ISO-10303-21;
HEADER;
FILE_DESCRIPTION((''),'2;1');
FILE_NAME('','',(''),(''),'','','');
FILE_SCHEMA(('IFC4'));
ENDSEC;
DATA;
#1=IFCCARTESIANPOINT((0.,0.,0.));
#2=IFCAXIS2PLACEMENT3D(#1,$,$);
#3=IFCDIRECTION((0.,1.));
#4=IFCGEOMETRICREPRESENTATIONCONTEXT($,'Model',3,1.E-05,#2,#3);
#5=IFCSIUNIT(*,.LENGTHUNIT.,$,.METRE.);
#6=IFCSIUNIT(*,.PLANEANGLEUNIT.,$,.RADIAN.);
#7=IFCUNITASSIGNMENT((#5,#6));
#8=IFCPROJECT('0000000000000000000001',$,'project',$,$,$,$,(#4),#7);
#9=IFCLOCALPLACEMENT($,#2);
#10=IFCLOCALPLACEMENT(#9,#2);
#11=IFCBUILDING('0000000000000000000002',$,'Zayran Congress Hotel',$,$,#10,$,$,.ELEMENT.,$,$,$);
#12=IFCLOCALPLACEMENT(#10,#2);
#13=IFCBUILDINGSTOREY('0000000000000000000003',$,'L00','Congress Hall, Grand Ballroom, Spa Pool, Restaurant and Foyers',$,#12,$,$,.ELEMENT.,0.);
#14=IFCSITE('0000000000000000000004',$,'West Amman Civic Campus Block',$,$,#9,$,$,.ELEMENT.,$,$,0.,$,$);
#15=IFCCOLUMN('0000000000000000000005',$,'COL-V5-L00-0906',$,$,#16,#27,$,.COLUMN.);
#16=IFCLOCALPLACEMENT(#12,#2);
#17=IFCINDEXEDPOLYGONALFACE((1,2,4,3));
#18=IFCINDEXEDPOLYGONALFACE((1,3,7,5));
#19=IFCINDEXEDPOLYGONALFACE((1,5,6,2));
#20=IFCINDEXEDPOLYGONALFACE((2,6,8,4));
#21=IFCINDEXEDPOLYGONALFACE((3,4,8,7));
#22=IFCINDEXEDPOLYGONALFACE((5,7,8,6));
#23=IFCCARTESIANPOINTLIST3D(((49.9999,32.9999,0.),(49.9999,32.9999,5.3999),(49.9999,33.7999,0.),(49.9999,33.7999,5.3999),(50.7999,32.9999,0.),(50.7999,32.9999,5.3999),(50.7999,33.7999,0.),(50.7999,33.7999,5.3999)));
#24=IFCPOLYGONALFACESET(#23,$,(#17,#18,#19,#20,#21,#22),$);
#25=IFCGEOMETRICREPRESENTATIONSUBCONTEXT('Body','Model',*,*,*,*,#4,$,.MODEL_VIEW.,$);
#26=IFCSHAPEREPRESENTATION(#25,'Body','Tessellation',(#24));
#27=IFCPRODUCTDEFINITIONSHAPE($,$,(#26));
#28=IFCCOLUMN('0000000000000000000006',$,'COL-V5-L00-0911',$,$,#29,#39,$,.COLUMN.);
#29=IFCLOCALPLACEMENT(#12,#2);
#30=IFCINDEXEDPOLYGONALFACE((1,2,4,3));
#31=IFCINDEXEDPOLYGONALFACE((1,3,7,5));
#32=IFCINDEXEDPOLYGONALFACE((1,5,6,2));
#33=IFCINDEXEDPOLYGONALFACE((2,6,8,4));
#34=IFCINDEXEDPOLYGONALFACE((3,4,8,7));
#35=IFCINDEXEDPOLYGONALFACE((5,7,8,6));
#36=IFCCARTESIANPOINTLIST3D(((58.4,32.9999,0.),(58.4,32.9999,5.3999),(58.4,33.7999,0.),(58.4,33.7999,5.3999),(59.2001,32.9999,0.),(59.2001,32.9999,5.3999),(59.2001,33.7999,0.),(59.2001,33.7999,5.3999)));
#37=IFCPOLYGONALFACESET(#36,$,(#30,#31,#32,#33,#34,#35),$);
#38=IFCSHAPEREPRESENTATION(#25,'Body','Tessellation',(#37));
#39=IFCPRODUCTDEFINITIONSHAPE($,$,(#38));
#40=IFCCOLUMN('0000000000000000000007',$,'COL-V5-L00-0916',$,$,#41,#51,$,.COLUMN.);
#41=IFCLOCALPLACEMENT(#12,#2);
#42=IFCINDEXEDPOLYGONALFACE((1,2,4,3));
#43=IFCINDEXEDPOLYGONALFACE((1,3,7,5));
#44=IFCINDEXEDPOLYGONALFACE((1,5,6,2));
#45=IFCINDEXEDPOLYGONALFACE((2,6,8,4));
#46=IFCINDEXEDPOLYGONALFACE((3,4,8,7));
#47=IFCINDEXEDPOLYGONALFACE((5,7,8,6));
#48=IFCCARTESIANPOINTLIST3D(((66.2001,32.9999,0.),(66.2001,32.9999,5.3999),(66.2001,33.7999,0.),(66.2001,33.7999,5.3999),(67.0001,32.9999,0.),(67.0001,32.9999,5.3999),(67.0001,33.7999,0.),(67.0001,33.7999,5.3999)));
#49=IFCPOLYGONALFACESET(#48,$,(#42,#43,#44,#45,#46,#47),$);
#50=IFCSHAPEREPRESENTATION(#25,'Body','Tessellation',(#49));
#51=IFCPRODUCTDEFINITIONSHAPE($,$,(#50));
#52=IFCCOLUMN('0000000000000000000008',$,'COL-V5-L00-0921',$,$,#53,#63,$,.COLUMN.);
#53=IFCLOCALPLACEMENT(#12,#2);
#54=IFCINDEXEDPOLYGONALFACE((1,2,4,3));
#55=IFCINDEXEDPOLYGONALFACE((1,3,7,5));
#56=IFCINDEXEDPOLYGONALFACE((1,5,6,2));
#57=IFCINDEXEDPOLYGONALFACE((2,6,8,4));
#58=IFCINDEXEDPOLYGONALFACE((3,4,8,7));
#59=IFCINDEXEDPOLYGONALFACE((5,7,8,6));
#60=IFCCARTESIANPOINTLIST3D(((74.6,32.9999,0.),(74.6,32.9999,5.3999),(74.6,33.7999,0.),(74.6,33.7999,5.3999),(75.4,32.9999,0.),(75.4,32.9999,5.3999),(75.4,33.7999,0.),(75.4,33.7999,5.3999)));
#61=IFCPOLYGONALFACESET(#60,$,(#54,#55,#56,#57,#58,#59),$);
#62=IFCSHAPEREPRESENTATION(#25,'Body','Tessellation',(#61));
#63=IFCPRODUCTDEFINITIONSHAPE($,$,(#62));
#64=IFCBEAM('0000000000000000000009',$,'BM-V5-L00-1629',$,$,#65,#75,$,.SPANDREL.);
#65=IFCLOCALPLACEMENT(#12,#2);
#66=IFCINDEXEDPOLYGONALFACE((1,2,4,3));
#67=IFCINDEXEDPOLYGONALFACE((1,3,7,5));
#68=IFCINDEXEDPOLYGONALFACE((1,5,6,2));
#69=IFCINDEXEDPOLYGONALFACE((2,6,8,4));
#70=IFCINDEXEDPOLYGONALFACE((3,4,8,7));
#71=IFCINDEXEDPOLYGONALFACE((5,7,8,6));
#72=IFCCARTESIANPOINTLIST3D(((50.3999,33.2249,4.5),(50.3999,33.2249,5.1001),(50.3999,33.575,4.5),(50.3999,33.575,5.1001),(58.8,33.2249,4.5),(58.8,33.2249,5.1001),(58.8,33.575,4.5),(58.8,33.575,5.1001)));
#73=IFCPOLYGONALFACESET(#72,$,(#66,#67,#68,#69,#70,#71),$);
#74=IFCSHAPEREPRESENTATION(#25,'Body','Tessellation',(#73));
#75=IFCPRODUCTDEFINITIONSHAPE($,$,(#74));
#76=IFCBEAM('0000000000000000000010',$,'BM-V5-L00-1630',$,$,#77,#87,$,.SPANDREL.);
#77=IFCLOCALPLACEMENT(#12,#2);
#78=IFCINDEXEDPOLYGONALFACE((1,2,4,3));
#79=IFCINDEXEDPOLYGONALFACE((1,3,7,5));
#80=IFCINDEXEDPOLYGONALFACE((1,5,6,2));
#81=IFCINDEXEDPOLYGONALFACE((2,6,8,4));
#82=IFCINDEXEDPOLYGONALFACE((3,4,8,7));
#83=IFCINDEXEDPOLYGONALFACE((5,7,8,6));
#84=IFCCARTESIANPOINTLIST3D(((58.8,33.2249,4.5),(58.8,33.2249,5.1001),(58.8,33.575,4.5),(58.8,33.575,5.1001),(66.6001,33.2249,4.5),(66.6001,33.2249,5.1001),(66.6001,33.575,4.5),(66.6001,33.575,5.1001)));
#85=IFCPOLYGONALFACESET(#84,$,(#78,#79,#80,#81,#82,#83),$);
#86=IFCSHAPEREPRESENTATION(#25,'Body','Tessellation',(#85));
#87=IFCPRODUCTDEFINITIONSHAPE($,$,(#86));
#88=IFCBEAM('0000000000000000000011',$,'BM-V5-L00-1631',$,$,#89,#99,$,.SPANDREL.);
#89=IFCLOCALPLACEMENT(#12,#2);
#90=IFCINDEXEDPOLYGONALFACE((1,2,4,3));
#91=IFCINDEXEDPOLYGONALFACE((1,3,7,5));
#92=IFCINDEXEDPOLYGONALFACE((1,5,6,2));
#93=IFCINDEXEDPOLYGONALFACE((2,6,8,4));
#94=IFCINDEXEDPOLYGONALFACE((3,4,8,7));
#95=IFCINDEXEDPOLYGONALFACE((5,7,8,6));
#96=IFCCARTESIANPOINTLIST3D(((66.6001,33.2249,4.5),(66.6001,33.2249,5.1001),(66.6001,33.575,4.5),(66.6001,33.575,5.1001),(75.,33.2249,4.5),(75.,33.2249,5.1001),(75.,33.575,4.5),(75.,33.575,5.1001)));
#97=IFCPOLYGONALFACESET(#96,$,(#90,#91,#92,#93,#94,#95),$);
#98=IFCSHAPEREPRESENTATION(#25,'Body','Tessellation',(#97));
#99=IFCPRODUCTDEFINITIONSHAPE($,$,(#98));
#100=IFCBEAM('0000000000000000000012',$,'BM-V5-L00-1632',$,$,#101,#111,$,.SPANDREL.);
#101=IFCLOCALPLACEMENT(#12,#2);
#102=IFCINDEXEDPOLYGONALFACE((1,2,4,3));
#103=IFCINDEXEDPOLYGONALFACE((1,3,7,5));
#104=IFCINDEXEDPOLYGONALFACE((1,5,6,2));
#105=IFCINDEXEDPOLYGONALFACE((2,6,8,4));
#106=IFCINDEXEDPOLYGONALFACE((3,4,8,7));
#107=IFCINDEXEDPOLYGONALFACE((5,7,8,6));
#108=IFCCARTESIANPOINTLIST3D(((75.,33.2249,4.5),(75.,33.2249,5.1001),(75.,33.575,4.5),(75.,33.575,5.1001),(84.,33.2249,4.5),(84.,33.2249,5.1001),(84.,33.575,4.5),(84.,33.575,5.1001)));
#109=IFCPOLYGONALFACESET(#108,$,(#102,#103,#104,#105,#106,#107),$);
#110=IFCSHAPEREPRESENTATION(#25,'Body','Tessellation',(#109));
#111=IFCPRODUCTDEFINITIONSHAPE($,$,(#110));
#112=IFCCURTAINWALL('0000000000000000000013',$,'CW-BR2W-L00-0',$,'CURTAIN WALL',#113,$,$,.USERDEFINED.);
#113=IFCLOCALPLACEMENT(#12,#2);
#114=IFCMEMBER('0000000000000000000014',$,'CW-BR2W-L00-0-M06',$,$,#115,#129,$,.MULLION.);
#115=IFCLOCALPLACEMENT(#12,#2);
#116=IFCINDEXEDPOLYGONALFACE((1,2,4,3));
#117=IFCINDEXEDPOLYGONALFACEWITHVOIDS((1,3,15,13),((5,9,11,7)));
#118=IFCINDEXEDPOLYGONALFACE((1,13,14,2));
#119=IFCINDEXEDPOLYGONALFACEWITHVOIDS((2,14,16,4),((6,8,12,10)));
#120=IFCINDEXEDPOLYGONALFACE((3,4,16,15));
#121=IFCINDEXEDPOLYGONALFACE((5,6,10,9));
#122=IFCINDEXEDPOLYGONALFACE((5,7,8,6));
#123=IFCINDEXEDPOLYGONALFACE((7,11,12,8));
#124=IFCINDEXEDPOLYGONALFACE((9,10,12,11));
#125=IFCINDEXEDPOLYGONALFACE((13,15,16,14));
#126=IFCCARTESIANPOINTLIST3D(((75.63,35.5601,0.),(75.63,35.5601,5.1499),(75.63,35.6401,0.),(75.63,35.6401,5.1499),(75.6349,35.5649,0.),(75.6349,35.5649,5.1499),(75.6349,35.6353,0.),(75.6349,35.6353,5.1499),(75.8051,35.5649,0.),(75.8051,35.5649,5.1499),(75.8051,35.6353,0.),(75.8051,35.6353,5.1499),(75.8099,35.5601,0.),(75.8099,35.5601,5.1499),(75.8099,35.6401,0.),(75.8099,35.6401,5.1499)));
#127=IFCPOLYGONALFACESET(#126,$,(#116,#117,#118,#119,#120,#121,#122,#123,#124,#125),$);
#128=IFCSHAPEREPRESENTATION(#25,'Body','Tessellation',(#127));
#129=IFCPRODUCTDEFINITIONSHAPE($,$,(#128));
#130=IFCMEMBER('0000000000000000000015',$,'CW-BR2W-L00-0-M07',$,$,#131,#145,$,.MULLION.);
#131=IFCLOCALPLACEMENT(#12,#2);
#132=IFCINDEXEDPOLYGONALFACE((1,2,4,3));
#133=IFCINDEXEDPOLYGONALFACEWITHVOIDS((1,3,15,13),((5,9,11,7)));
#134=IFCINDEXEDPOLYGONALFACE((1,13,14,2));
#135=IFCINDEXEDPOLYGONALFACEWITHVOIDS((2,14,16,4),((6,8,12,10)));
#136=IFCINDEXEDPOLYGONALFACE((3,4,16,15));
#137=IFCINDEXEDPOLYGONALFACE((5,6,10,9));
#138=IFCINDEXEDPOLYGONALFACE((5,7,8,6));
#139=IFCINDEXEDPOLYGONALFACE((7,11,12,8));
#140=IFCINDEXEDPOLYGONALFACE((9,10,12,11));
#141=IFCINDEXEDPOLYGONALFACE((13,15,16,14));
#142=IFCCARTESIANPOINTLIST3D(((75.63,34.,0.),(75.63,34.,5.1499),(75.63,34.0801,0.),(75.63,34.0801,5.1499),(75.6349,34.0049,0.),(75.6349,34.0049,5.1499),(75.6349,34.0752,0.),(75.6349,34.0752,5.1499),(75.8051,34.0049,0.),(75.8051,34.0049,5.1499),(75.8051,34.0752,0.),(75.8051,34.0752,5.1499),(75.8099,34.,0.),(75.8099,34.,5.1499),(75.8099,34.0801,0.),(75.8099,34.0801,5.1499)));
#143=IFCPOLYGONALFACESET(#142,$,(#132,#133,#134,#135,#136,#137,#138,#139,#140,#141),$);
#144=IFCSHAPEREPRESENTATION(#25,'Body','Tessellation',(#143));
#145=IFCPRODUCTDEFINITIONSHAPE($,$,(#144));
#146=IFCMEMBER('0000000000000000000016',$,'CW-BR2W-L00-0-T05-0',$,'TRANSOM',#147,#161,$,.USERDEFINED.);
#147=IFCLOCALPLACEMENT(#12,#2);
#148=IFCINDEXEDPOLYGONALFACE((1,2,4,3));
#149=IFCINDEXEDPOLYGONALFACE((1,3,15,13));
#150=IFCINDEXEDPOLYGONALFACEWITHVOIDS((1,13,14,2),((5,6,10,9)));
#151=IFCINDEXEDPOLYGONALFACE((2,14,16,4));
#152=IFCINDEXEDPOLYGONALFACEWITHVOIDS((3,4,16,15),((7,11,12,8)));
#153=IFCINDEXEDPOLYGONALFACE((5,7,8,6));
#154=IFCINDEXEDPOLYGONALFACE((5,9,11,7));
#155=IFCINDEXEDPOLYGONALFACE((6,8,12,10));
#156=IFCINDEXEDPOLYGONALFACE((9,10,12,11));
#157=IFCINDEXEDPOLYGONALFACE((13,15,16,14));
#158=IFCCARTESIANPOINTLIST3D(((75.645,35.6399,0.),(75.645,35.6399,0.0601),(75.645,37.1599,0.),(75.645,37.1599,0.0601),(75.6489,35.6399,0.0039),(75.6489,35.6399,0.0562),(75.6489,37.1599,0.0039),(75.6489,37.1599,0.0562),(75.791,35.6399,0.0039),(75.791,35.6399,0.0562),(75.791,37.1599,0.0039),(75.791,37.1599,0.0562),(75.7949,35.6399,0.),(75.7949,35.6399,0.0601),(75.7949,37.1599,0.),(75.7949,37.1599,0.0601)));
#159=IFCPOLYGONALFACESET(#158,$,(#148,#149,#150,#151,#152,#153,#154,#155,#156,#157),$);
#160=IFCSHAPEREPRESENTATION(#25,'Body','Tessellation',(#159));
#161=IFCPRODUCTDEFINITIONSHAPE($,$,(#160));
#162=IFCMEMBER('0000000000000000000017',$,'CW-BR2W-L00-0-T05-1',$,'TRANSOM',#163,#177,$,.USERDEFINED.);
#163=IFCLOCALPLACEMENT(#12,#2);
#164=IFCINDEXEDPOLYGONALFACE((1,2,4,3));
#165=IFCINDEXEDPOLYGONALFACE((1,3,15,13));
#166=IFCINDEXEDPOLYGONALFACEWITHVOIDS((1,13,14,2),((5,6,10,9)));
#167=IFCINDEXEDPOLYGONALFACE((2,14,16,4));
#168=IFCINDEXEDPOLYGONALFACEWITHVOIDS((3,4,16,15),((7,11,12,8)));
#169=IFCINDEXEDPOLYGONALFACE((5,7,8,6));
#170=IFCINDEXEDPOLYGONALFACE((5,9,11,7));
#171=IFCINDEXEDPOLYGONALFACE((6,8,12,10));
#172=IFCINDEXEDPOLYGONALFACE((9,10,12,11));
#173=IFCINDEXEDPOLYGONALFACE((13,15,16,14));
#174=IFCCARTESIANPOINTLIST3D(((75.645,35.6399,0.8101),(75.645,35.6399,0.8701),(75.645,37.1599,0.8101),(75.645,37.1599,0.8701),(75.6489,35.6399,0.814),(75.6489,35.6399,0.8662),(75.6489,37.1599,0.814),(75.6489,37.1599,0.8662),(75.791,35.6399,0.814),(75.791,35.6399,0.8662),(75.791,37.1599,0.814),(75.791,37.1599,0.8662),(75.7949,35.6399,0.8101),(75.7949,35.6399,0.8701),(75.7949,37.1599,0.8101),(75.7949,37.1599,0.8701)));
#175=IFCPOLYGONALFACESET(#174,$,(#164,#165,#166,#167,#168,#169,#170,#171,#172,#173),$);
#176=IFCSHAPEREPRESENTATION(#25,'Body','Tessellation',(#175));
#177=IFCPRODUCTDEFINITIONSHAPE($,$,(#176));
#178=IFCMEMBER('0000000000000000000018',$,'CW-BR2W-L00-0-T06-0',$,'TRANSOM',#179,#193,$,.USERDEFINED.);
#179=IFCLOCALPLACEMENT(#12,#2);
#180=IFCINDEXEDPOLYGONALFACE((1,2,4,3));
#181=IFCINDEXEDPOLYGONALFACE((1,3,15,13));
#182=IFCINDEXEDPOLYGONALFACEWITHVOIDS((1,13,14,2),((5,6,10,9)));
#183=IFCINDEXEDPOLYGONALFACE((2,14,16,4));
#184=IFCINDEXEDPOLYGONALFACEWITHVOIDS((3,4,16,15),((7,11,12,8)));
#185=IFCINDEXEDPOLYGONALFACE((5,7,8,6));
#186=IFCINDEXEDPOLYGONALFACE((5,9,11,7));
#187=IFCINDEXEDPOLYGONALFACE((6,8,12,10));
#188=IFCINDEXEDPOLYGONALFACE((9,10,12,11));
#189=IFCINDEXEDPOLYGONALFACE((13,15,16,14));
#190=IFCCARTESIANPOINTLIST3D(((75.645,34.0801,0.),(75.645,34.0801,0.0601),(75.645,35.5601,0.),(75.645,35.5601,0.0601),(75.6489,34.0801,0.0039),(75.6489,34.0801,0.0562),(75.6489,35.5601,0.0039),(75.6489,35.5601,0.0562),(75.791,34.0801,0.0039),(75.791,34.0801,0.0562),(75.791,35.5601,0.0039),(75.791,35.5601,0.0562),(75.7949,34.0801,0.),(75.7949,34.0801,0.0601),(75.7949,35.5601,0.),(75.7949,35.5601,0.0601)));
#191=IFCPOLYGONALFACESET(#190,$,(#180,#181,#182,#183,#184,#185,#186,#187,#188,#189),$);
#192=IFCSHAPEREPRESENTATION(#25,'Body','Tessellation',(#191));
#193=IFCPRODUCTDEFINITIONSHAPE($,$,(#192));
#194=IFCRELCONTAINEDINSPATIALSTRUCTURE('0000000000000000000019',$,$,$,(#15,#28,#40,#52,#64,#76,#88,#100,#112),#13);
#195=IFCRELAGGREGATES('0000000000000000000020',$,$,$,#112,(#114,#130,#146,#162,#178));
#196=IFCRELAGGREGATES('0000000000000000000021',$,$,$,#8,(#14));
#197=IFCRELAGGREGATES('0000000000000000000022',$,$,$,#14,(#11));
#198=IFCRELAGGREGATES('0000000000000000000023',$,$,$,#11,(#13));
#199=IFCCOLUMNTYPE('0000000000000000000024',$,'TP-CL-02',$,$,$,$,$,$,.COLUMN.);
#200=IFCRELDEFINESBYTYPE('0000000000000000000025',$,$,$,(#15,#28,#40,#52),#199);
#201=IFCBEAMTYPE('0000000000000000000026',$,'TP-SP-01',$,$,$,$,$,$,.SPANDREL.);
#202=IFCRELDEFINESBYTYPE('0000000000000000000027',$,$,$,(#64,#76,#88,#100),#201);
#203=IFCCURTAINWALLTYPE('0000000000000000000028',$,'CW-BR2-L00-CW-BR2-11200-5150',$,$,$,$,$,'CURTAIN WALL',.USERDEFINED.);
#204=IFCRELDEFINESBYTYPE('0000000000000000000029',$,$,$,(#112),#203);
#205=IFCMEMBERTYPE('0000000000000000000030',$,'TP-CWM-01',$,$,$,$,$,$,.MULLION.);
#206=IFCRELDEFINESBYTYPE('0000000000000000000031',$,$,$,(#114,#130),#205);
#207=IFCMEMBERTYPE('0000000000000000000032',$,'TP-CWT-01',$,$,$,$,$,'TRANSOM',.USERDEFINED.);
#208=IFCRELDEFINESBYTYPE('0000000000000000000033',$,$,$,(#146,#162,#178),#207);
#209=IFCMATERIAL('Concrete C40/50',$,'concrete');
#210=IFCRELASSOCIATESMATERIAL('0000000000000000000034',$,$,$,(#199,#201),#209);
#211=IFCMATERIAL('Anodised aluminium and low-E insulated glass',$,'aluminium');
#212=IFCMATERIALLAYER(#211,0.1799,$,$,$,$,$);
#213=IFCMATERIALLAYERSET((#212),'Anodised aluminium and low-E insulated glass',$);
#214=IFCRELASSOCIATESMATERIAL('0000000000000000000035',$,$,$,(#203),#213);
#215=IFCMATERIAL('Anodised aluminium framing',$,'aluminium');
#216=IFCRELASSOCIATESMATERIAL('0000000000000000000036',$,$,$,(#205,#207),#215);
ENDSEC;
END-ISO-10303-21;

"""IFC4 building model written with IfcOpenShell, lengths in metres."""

from ifc_helpers import new_model, si_unit, direction, frame, origin, origin_2d, place, context, subcontext, project, spatial, rectangle, hollow_rectangle, extrude, material, layer, layer_set, material_profile, profile_set, type_object, element, aggregate, save


model = new_model("IFC4")

# Units and contexts
model_context = context("Model", 3, precision=1e-05, world=origin(), true_north=direction((0.0, 1.0)))
body_context = subcontext(model_context, "Body", "Model", "MODEL_VIEW")
ifc_project = project(units=[si_unit("LENGTHUNIT", "METRE"), si_unit("PLANEANGLEUNIT", "RADIAN")], contexts=[model_context])

# Site, building, storey
site_placement = place(None, origin())
site = spatial("IfcSite", under=ifc_project, at=site_placement, Name="West Amman Civic Campus Block", CompositionType="ELEMENT", RefElevation=0.0)
building_placement = place(site_placement, origin())
building = spatial("IfcBuilding", under=site, at=building_placement, Name="Zayran Congress Hotel", CompositionType="ELEMENT")
storey_placement = place(building_placement, origin())
storey = spatial("IfcBuildingStorey", under=building, at=storey_placement, Name="L00", Description="Congress Hall, Grand Ballroom, Spa Pool, Restaurant and Foyers", CompositionType="ELEMENT", Elevation=0.0)

# Columns
ifc_material_1 = material(Name="Concrete C40/50", Category="concrete")
ifc_material_profile_1 = material_profile(ifc_material_1, rectangle(XDim=0.8, YDim=0.8, at=origin_2d()), Name="RC 800x800")
ifc_profile_set_1 = profile_set([ifc_material_profile_1], Name="Concrete C40/50")
column_type = type_object("IfcColumnType", Name="TP-CL-02", PredefinedType="COLUMN", material=ifc_profile_set_1)
for number, where, z_axis, x_axis, name in (
    (1, (50.3999, 33.3999, 0.0), (0.0, 0.0, 1.0), (1.0, 0.0, 0.0), "COL-V5-L00-0906"),
    (2, (58.8, 33.3999, 0.0), (0.0, 0.0, 1.0), (1.0, 0.0, 0.0), "COL-V5-L00-0911"),
    (3, (66.6001, 33.3999, 0.0), (0.0, 0.0, 1.0), (1.0, 0.0, 0.0), "COL-V5-L00-0916"),
    (4, (75.0, 33.3999, 0.0), (0.0, 0.0, 1.0), (1.0, 0.0, 0.0), "COL-V5-L00-0921"),
):
    element("IfcColumn", number, at=place(storey_placement, frame(where, z_axis=z_axis, x_axis=x_axis)), inside=storey, type_object=column_type, Name=name, PredefinedType="COLUMN", context=body_context, shape_type="SweptSolid", body=[
        extrude(rectangle(XDim=0.8, YDim=0.8, at=origin_2d()), origin(), (0.0, 0.0, 1.0), 5.3999),
    ])

# Beams
ifc_material_profile_2 = material_profile(ifc_material_1, rectangle(XDim=0.3501, YDim=0.6001, at=origin_2d()), Name="RC 350x600")
ifc_profile_set_2 = profile_set([ifc_material_profile_2], Name="Concrete C40/50")
beam_type = type_object("IfcBeamType", Name="TP-SP-01", PredefinedType="SPANDREL", material=ifc_profile_set_2)
beam_1_placement = place(storey_placement, frame((50.3999, 33.3999, 4.8), z_axis=(1.0, 0.0, 0.0), x_axis=(0.0, 1.0, 0.0)))
element("IfcBeam", 5, at=beam_1_placement, inside=storey, type_object=beam_type, Name="BM-V5-L00-1629", PredefinedType="SPANDREL", context=body_context, shape_type="SweptSolid", body=[
    extrude(rectangle(XDim=0.3501, YDim=0.6001, at=origin_2d()), origin(), (0.0, 0.0, 1.0), 8.4001),
])
beam_2_placement = place(storey_placement, frame((58.8, 33.3999, 4.8), z_axis=(1.0, 0.0, 0.0), x_axis=(0.0, 1.0, 0.0)))
element("IfcBeam", 6, at=beam_2_placement, inside=storey, type_object=beam_type, Name="BM-V5-L00-1630", PredefinedType="SPANDREL", context=body_context, shape_type="SweptSolid", body=[
    extrude(rectangle(XDim=0.3501, YDim=0.6001, at=origin_2d()), origin(), (0.0, 0.0, 1.0), 7.8),
])
beam_3_placement = place(storey_placement, frame((66.6001, 33.3999, 4.8), z_axis=(1.0, 0.0, 0.0), x_axis=(0.0, 1.0, 0.0)))
element("IfcBeam", 7, at=beam_3_placement, inside=storey, type_object=beam_type, Name="BM-V5-L00-1631", PredefinedType="SPANDREL", context=body_context, shape_type="SweptSolid", body=[
    extrude(rectangle(XDim=0.3501, YDim=0.6001, at=origin_2d()), origin(), (0.0, 0.0, 1.0), 8.3999),
])
beam_4_placement = place(storey_placement, frame((75.0, 33.3999, 4.8), z_axis=(1.0, 0.0, 0.0), x_axis=(0.0, 1.0, 0.0)))
element("IfcBeam", 8, at=beam_4_placement, inside=storey, type_object=beam_type, Name="BM-V5-L00-1632", PredefinedType="SPANDREL", context=body_context, shape_type="SweptSolid", body=[
    extrude(rectangle(XDim=0.3501, YDim=0.6001, at=origin_2d()), origin(), (0.0, 0.0, 1.0), 9.0),
])

# Curtain wall, members
ifc_material_2 = material(Name="Anodised aluminium and low-E insulated glass", Category="aluminium")
ifc_layer_1 = layer(ifc_material_2, 0.1799)
ifc_layer_set_1 = layer_set([ifc_layer_1], Name="Anodised aluminium and low-E insulated glass")
curtain_wall_type = type_object("IfcCurtainWallType", Name="CW-BR2-L00-CW-BR2-11200-5150", ElementType="CURTAIN WALL", PredefinedType="USERDEFINED", material=ifc_layer_set_1)
curtain_wall_placement = place(storey_placement, origin())
curtain_wall = element("IfcCurtainWall", 9, at=curtain_wall_placement, inside=storey, type_object=curtain_wall_type, Name="CW-BR2W-L00-0", ObjectType="CURTAIN WALL", PredefinedType="USERDEFINED")
ifc_material_3 = material(Name="Anodised aluminium framing", Category="aluminium")
ifc_material_profile_3 = material_profile(ifc_material_3, hollow_rectangle(XDim=0.0801, YDim=0.1799, WallThickness=0.0049, at=origin_2d()), Name="RHS 180x80x5")
ifc_profile_set_3 = profile_set([ifc_material_profile_3], Name="Anodised aluminium framing")
member_type_1 = type_object("IfcMemberType", Name="TP-CWM-01", PredefinedType="MULLION", material=ifc_profile_set_3)
member_1_placement = place(storey_placement, frame((75.72, 35.6001, 0.0), z_axis=(0.0, 0.0, 1.0), x_axis=(0.0, 1.0, 0.0)))
member_1 = element("IfcMember", 10, at=member_1_placement, type_object=member_type_1, Name="CW-BR2W-L00-0-M06", PredefinedType="MULLION", context=body_context, shape_type="SweptSolid", body=[
    extrude(hollow_rectangle(XDim=0.0801, YDim=0.1799, WallThickness=0.0049, at=origin_2d()), origin(), (0.0, 0.0, 1.0), 5.1499),
])
member_2_placement = place(storey_placement, frame((75.72, 34.04, 0.0), z_axis=(0.0, 0.0, 1.0), x_axis=(0.0, 1.0, 0.0)))
member_2 = element("IfcMember", 11, at=member_2_placement, type_object=member_type_1, Name="CW-BR2W-L00-0-M07", PredefinedType="MULLION", context=body_context, shape_type="SweptSolid", body=[
    extrude(hollow_rectangle(XDim=0.0801, YDim=0.1799, WallThickness=0.0049, at=origin_2d()), origin(), (0.0, 0.0, 1.0), 5.1499),
])
ifc_material_profile_4 = material_profile(ifc_material_3, hollow_rectangle(XDim=0.0601, YDim=0.1499, WallThickness=0.0039, at=origin_2d()), Name="RHS 150x60x4")
ifc_profile_set_4 = profile_set([ifc_material_profile_4], Name="Anodised aluminium framing")
member_type_2 = type_object("IfcMemberType", Name="TP-CWT-01", ElementType="TRANSOM", PredefinedType="USERDEFINED", material=ifc_profile_set_4)
member_3_placement = place(storey_placement, frame((75.72, 37.1599, 0.03), z_axis=(0.0, -1.0, 0.0), x_axis=(0.0, 0.0, 1.0)))
member_3 = element("IfcMember", 12, at=member_3_placement, type_object=member_type_2, Name="CW-BR2W-L00-0-T05-0", ObjectType="TRANSOM", PredefinedType="USERDEFINED", context=body_context, shape_type="SweptSolid", body=[
    extrude(hollow_rectangle(XDim=0.0601, YDim=0.1499, WallThickness=0.0039, at=origin_2d()), origin(), (0.0, 0.0, 1.0), 1.52),
])
member_4_placement = place(storey_placement, frame((75.72, 37.1599, 0.8401), z_axis=(0.0, -1.0, 0.0), x_axis=(0.0, 0.0, 1.0)))
member_4 = element("IfcMember", 13, at=member_4_placement, type_object=member_type_2, Name="CW-BR2W-L00-0-T05-1", ObjectType="TRANSOM", PredefinedType="USERDEFINED", context=body_context, shape_type="SweptSolid", body=[
    extrude(hollow_rectangle(XDim=0.0601, YDim=0.1499, WallThickness=0.0039, at=origin_2d()), origin(), (0.0, 0.0, 1.0), 1.52),
])
member_5_placement = place(storey_placement, frame((75.72, 35.5601, 0.03), z_axis=(0.0, -1.0, 0.0), x_axis=(0.0, 0.0, 1.0)))
member_5 = element("IfcMember", 14, at=member_5_placement, type_object=member_type_2, Name="CW-BR2W-L00-0-T06-0", ObjectType="TRANSOM", PredefinedType="USERDEFINED", context=body_context, shape_type="SweptSolid", body=[
    extrude(hollow_rectangle(XDim=0.0601, YDim=0.1499, WallThickness=0.0039, at=origin_2d()), origin(), (0.0, 0.0, 1.0), 1.48),
])
aggregate(curtain_wall, [member_1, member_2, member_3, member_4, member_5])

save(model, "model.ifc")
